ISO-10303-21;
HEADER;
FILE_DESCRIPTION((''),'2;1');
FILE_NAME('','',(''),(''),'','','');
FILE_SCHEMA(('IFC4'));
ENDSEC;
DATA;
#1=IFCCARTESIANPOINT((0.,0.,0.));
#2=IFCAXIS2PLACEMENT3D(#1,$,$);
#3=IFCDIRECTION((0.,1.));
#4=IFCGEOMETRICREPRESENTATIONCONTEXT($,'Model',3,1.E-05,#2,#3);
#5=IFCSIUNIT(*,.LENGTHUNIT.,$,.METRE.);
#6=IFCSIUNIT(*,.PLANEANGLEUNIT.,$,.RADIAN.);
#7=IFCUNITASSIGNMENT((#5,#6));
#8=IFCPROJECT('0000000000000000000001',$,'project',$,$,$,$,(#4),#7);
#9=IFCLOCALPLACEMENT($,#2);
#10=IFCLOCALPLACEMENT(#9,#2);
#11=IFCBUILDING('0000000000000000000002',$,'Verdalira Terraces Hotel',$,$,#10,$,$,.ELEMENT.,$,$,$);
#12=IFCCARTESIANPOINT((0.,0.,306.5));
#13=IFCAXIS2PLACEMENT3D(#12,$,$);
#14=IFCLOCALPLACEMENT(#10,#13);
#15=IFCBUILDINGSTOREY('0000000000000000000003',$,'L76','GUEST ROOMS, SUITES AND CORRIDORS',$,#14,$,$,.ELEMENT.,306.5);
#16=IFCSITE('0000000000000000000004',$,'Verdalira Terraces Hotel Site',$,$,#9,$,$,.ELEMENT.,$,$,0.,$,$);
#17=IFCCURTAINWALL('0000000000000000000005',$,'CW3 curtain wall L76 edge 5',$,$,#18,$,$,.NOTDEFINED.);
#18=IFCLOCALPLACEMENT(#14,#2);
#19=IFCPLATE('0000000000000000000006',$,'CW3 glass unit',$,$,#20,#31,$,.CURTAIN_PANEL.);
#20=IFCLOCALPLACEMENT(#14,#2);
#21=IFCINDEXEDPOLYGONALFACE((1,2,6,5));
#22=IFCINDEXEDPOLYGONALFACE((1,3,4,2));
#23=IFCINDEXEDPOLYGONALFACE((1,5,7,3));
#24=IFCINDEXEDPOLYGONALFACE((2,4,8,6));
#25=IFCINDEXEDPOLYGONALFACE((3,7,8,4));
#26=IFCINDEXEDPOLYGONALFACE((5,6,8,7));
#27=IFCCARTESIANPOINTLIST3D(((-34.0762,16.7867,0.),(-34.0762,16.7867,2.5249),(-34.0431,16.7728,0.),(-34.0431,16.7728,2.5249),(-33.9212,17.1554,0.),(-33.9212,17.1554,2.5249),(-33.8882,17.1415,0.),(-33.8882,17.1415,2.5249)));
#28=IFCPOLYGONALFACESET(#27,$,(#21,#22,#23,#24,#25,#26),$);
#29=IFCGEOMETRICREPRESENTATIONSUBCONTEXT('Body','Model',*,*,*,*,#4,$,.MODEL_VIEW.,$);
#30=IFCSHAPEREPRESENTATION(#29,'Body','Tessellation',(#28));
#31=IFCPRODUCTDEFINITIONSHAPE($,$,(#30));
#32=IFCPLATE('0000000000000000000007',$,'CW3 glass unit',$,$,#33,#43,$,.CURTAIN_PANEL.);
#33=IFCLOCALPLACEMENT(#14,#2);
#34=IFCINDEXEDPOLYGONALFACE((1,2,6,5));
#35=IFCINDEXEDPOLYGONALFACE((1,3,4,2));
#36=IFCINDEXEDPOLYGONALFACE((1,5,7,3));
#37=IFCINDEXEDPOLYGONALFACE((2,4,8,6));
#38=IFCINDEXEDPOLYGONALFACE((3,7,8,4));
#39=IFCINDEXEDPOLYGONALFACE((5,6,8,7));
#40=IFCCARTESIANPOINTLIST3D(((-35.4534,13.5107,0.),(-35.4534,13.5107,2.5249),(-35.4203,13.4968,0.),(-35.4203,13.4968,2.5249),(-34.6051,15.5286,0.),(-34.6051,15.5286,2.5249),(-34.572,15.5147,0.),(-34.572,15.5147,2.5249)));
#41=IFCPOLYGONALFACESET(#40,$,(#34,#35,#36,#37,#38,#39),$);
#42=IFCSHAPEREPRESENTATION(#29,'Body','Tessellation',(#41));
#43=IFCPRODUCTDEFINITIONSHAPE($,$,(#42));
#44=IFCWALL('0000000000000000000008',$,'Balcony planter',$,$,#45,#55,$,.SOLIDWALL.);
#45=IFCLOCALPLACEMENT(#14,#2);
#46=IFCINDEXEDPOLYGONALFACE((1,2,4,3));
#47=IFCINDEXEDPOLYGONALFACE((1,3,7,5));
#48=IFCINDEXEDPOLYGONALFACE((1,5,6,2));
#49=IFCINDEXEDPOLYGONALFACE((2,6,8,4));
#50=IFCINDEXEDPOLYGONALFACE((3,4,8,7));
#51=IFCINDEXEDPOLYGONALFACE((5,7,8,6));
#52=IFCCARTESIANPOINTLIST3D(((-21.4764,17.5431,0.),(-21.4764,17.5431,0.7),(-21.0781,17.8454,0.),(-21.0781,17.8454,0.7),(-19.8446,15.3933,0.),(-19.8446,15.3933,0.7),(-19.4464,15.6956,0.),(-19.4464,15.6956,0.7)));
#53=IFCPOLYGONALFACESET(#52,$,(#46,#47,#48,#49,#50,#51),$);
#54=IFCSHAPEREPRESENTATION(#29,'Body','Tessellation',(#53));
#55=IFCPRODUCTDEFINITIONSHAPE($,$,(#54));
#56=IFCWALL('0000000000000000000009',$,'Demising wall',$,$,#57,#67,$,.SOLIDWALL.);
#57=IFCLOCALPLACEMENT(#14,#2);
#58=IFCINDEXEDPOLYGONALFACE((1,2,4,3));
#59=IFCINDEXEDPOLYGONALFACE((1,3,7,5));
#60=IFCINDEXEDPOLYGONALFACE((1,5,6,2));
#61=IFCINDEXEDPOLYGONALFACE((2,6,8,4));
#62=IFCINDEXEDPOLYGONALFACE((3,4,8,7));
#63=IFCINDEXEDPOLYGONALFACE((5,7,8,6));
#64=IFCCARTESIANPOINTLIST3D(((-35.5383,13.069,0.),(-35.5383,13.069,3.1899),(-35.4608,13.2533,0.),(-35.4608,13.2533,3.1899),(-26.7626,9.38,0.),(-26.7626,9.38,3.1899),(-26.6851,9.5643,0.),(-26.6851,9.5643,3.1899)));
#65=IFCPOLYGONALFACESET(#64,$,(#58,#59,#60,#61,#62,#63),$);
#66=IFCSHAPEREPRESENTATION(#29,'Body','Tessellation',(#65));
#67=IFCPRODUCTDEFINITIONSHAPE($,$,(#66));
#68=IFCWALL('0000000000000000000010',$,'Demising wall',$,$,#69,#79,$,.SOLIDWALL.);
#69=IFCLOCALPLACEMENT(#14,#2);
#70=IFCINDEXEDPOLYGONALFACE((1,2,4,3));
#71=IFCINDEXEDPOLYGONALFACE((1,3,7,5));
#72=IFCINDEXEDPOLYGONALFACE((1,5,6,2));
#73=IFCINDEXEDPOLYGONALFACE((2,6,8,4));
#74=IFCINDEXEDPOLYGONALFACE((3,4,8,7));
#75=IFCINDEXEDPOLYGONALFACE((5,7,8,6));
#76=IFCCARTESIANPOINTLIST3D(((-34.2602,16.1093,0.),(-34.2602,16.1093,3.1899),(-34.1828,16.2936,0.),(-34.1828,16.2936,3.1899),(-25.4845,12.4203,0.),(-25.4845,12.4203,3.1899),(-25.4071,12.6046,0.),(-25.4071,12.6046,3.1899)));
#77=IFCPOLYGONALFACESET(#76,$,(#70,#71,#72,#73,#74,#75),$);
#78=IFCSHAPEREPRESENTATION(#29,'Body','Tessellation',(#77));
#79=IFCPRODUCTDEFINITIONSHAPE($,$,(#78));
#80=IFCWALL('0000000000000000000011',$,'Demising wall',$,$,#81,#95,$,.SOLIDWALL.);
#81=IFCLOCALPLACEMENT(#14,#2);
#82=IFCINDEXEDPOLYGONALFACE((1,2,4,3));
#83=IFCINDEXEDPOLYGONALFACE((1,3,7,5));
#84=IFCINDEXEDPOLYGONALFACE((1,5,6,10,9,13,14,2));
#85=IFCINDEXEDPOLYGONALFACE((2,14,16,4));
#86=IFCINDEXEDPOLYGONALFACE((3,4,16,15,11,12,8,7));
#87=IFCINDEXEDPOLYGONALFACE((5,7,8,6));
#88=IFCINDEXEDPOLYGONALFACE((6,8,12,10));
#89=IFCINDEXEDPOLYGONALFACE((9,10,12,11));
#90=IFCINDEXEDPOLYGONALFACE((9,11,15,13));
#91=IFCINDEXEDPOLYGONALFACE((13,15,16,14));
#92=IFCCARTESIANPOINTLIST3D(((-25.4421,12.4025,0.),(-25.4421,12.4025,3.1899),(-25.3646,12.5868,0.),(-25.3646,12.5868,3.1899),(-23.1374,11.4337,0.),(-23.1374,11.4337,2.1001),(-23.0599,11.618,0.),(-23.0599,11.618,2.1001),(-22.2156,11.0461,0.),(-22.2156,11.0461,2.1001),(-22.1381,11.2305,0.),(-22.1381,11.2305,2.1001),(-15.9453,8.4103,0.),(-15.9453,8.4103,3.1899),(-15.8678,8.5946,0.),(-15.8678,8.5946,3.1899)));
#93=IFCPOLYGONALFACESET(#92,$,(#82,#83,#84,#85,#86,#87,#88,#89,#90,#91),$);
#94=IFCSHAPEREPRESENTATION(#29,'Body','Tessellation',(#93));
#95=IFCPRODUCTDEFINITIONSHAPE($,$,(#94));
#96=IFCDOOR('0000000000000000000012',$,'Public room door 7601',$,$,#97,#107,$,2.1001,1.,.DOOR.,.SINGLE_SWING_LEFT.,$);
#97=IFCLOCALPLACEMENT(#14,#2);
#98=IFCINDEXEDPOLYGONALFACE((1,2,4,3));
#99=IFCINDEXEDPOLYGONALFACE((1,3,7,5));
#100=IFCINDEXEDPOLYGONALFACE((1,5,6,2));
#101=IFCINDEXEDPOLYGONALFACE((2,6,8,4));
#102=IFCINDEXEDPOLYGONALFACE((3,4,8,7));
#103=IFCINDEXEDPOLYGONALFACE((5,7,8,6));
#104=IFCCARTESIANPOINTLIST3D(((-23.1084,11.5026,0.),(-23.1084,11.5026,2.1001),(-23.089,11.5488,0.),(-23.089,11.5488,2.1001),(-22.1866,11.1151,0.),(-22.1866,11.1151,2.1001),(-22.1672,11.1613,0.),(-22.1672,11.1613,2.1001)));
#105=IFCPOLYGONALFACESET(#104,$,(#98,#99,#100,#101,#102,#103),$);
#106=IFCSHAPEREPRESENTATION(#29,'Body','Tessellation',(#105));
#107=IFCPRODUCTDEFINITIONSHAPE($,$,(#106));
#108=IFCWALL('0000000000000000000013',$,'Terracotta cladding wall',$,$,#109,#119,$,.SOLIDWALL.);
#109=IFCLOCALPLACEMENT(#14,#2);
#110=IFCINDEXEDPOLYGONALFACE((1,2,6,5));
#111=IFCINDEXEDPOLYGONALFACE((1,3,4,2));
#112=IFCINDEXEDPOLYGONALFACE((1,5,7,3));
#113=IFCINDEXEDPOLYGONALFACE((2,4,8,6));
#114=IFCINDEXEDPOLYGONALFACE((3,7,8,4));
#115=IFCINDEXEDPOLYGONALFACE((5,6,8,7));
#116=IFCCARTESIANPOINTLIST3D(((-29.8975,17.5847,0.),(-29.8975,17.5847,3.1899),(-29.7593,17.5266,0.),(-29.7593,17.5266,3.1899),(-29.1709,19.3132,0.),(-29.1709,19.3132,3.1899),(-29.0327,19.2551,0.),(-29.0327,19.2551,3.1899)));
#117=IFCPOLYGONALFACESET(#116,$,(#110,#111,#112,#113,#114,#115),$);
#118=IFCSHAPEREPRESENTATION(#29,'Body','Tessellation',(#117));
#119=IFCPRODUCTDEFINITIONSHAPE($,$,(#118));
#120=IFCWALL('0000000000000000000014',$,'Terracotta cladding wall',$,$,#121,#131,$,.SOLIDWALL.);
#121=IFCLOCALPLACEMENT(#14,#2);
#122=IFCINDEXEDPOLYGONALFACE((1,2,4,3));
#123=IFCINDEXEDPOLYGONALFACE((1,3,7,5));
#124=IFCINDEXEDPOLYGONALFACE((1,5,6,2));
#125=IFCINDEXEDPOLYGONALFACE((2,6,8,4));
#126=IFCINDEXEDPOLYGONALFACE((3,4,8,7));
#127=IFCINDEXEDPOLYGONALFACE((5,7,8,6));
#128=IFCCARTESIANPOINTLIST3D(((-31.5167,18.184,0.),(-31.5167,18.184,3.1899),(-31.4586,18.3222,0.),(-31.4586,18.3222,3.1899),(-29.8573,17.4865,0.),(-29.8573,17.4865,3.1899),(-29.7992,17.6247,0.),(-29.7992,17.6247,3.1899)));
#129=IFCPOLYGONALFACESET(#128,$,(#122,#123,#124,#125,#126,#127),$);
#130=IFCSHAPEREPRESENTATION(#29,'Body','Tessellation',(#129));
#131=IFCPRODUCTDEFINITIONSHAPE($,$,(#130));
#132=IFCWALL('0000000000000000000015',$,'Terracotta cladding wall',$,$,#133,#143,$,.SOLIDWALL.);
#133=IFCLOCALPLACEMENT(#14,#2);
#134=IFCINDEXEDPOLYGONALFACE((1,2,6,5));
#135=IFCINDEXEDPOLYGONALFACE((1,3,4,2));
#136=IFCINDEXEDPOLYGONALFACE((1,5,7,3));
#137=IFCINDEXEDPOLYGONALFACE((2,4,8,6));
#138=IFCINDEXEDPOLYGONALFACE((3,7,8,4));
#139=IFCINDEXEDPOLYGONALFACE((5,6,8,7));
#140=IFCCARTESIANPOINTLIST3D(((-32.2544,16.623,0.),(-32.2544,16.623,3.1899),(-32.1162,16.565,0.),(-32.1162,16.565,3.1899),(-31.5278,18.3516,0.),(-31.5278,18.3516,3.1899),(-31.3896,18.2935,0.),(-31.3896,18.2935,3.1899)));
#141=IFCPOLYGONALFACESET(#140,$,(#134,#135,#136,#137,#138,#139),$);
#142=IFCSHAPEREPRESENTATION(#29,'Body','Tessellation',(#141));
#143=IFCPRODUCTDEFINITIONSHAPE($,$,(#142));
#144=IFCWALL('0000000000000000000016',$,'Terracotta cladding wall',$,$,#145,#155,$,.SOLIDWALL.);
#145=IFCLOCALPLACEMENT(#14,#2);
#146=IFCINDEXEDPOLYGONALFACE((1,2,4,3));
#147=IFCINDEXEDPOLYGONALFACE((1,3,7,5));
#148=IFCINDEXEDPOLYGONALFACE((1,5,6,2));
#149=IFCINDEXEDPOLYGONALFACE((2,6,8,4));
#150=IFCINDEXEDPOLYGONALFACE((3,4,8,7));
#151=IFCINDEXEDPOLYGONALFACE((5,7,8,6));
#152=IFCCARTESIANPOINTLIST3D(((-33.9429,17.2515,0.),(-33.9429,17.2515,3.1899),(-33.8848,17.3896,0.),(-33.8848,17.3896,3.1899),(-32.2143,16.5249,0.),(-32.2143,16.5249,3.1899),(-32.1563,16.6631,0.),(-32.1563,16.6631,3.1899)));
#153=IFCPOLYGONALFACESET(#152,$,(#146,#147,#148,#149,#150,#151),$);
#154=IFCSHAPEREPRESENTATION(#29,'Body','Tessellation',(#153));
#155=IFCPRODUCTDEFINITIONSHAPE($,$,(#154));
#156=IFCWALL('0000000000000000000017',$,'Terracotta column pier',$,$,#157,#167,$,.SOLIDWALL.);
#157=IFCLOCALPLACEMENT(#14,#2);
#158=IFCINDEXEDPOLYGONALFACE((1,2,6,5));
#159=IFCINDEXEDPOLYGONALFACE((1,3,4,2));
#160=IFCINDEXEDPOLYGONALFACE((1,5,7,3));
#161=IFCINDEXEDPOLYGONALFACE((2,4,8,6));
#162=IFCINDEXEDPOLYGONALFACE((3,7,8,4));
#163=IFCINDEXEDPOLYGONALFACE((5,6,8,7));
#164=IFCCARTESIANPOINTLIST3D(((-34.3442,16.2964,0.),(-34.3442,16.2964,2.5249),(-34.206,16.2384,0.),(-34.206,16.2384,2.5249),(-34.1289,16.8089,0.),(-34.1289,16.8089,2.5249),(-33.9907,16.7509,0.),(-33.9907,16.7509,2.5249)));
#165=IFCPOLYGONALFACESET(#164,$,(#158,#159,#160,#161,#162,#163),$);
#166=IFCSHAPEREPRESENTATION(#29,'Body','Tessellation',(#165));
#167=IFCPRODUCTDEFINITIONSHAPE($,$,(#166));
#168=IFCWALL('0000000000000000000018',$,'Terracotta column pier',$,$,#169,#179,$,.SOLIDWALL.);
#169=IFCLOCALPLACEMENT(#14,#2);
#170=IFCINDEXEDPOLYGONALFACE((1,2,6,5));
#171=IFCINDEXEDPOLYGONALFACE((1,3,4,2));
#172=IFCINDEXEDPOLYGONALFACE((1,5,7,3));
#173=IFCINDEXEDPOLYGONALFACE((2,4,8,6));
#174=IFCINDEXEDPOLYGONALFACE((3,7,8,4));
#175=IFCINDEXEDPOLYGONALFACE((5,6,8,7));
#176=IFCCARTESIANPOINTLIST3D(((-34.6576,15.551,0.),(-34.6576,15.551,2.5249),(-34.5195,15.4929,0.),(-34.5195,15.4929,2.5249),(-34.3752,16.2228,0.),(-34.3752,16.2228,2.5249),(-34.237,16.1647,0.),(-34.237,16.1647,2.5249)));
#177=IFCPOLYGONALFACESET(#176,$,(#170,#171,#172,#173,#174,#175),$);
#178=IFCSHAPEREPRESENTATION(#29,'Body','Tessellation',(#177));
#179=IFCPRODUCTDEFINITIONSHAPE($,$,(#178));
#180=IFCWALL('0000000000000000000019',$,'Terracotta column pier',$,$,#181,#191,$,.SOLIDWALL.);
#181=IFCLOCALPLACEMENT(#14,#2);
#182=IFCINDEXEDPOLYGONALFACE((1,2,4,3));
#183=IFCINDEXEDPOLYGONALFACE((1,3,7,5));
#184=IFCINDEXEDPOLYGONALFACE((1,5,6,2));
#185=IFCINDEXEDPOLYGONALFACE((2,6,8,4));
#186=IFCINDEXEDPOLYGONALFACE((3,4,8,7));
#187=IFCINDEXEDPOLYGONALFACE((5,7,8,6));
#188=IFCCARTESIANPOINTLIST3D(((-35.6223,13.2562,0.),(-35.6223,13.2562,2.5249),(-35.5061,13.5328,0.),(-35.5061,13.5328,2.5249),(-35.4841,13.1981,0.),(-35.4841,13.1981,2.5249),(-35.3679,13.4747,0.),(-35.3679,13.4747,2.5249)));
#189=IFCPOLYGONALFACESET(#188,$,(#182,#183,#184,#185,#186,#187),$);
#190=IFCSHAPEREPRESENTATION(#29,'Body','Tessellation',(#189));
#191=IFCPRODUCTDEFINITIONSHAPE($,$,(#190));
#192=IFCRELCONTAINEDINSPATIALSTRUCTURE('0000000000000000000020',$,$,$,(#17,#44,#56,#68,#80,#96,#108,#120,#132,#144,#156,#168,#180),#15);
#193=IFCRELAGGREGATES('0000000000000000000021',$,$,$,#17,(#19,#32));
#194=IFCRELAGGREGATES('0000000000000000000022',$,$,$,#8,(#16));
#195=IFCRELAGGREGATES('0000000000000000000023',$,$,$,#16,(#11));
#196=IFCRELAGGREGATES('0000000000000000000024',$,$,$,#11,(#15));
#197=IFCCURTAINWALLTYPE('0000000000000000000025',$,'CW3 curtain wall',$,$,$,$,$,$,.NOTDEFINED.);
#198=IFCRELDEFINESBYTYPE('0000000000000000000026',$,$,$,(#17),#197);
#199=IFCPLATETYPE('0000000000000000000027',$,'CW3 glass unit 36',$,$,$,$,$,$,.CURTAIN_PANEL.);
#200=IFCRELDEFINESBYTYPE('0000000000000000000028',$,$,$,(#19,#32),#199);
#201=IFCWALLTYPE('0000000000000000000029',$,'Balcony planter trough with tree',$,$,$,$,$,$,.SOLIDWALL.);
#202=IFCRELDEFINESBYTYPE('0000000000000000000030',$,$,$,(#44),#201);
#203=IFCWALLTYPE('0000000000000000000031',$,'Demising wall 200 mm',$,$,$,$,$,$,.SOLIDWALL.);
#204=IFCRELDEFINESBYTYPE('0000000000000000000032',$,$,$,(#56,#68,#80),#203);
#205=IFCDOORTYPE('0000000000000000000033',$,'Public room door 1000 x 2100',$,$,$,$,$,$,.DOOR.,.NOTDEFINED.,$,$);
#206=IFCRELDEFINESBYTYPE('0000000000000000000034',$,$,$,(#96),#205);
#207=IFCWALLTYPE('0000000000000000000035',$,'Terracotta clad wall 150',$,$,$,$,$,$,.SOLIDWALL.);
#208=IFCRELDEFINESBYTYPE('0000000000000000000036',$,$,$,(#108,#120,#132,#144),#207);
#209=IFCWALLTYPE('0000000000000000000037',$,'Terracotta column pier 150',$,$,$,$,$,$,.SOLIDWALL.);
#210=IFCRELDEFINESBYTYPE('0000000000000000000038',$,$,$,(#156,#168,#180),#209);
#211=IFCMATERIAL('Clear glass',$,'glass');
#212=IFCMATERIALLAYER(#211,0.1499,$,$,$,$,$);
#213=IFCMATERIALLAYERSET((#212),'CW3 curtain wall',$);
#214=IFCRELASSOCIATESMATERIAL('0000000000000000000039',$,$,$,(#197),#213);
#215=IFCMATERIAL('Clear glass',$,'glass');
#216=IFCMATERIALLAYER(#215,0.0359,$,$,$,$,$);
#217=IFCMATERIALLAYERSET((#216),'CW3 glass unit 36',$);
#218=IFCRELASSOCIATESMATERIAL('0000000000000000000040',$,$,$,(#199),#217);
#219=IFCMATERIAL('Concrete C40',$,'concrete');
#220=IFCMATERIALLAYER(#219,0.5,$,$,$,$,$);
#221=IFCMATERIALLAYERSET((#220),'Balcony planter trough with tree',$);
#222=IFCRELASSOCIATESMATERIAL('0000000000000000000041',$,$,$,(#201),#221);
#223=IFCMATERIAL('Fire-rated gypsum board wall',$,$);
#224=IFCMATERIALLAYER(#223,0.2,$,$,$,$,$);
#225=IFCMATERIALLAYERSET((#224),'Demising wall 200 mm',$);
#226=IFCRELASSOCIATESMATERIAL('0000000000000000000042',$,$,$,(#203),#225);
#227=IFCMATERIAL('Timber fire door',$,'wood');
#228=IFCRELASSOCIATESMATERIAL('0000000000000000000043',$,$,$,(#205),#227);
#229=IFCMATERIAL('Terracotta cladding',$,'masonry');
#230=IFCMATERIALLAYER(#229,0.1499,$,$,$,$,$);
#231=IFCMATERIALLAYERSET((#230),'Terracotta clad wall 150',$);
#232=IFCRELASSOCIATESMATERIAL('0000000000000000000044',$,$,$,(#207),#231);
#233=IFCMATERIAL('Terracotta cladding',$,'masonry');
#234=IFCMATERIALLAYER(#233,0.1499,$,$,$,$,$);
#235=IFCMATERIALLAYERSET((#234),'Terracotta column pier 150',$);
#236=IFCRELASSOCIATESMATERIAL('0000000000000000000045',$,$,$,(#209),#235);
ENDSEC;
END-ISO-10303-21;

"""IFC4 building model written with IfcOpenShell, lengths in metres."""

from ifc_helpers import new_model, si_unit, direction, frame, frame_2d, origin, origin_2d, place, context, subcontext, project, spatial, rectangle, extrude, material, layer, layer_set, type_object, element, fill, aggregate, save


model = new_model("IFC4")

# Units and contexts
model_context = context("Model", 3, precision=1e-05, world=origin(), true_north=direction((0.0, 1.0)))
body_context = subcontext(model_context, "Body", "Model", "MODEL_VIEW")
ifc_project = project(units=[si_unit("LENGTHUNIT", "METRE"), si_unit("PLANEANGLEUNIT", "RADIAN")], contexts=[model_context])

# Site, building, storey
site_placement = place(None, origin())
site = spatial("IfcSite", under=ifc_project, at=site_placement, Name="Verdalira Terraces Hotel Site", CompositionType="ELEMENT", RefElevation=0.0)
building_placement = place(site_placement, origin())
building = spatial("IfcBuilding", under=site, at=building_placement, Name="Verdalira Terraces Hotel", CompositionType="ELEMENT")
storey_placement = place(building_placement, frame((0.0, 0.0, 306.5)))
storey = spatial("IfcBuildingStorey", under=building, at=storey_placement, Name="L76", Description="GUEST ROOMS, SUITES AND CORRIDORS", CompositionType="ELEMENT", Elevation=306.5)

# Curtain wall
ifc_material_1 = material(Name="Clear glass", Category="glass")
ifc_layer_1 = layer(ifc_material_1, 0.1499)
ifc_layer_set_1 = layer_set([ifc_layer_1], Name="CW3 curtain wall")
curtain_wall_type_1 = type_object("IfcCurtainWallType", Name="CW3 curtain wall", PredefinedType="NOTDEFINED", material=ifc_layer_set_1)
curtain_wall_1_placement = place(storey_placement, origin())
curtain_wall_1 = element("IfcCurtainWall", 1, at=curtain_wall_1_placement, inside=storey, type_object=curtain_wall_type_1, Name="CW3 curtain wall L76 edge 5", PredefinedType="NOTDEFINED")

# Plates
ifc_material_2 = material(Name="Clear glass", Category="glass")
ifc_layer_2 = layer(ifc_material_2, 0.0359)
ifc_layer_set_2 = layer_set([ifc_layer_2], Name="CW3 glass unit 36")
plate_type_1 = type_object("IfcPlateType", Name="CW3 glass unit 36", PredefinedType="CURTAIN_PANEL", material=ifc_layer_set_2)
plate_1_placement = place(storey_placement, frame((-33.9822, 16.9641, 0.0), z_axis=(0.0, 0.0, 1.0), x_axis=(-0.387516, -0.921863, 0.0)))
plate_1 = element("IfcPlate", 2, at=plate_1_placement, type_object=plate_type_1, Name="CW3 glass unit", PredefinedType="CURTAIN_PANEL", context=body_context, shape_type="SweptSolid", body=[
    extrude(rectangle(XDim=0.3999, YDim=0.0359, at=origin_2d()), origin(), (0.0, 0.0, 1.0), 2.5249),
])
plate_2_placement = place(storey_placement, frame((-35.0127, 14.5127, 0.0), z_axis=(0.0, 0.0, 1.0), x_axis=(-0.387516, -0.921863, 0.0)))
plate_2 = element("IfcPlate", 3, at=plate_2_placement, type_object=plate_type_1, Name="CW3 glass unit", PredefinedType="CURTAIN_PANEL", context=body_context, shape_type="SweptSolid", body=[
    extrude(rectangle(XDim=2.189, YDim=0.0359, at=origin_2d()), origin(), (0.0, 0.0, 1.0), 2.5249),
])
aggregate(curtain_wall_1, [plate_1, plate_2])

# Walls
ifc_material_3 = material(Name="Concrete C40", Category="concrete")
ifc_layer_3 = layer(ifc_material_3, 0.5)
ifc_layer_set_3 = layer_set([ifc_layer_3], Name="Balcony planter trough with tree")
wall_type_1 = type_object("IfcWallType", Name="Balcony planter trough with tree", PredefinedType="SOLIDWALL", material=ifc_layer_set_3)
wall_1_placement = place(storey_placement, frame((-21.2773, 17.6943, 0.0), z_axis=(0.0, 0.0, 1.0), x_axis=(0.604592, -0.796535, 0.0)))
element("IfcWall", 4, at=wall_1_placement, inside=storey, type_object=wall_type_1, Name="Balcony planter", PredefinedType="SOLIDWALL", context=body_context, shape_type="SweptSolid", body=[
    extrude(rectangle(XDim=2.699, YDim=0.5, at=frame_2d((1.3496, 0.0))), origin(), (0.0, 0.0, 1.0), 0.7),
])
ifc_material_4 = material(Name="Fire-rated gypsum board wall")
ifc_layer_4 = layer(ifc_material_4, 0.2)
ifc_layer_set_4 = layer_set([ifc_layer_4], Name="Demising wall 200 mm")
wall_type_2 = type_object("IfcWallType", Name="Demising wall 200 mm", PredefinedType="SOLIDWALL", material=ifc_layer_set_4)
for number, where, z_axis, x_axis, name in (
    (5, (-35.4995, 13.1611, 0.0), (0.0, 0.0, 1.0), (0.921862, -0.387518, 0.0), "Demising wall"),
    (6, (-25.4458, 12.5125, 0.0), (0.0, 0.0, 1.0), (-0.921862, 0.387518, 0.0), "Demising wall"),
):
    element("IfcWall", number, at=place(storey_placement, frame(where, z_axis=z_axis, x_axis=x_axis)), inside=storey, type_object=wall_type_2, Name=name, PredefinedType="SOLIDWALL", context=body_context, shape_type="SweptSolid", body=[
        extrude(rectangle(XDim=9.5195, YDim=0.2, at=frame_2d((4.7598, 0.0))), origin(), (0.0, 0.0, 1.0), 3.1899),
    ])

# Wall, opening, door
wall_2_placement = place(storey_placement, frame((-25.4033, 12.4946, 0.0), z_axis=(0.0, 0.0, 1.0), x_axis=(0.92186, -0.387523, 0.0)))
wall_2 = element("IfcWall", 7, at=wall_2_placement, inside=storey, type_object=wall_type_2, Name="Demising wall", PredefinedType="SOLIDWALL", context=body_context, shape_type="SweptSolid", body=[
    extrude(rectangle(XDim=10.3018, YDim=0.2, at=frame_2d((5.1509, 0.0))), origin(), (0.0, 0.0, 1.0), 3.1899),
])
opening_placement = place(wall_2_placement, frame((2.5, 0.0, 0.0)))
opening = element("IfcOpeningElement", 8, at=opening_placement, cuts=wall_2, PredefinedType="OPENING", context=body_context, shape_type="SweptSolid", body=[
    extrude(rectangle(XDim=1.0, YDim=2.1001, at=frame_2d((0.5, 1.05))), frame((0.0, 0.1099, 0.0), z_axis=(0.0, -1.0, 0.0), x_axis=(1.0, 0.0, 0.0)), (0.0, 0.0, 1.0), 0.22),
])
ifc_material_5 = material(Name="Timber fire door", Category="wood")
door_type = type_object("IfcDoorType", Name="Public room door 1000 x 2100", OperationType="NOTDEFINED", PredefinedType="DOOR", material=ifc_material_5)
door_placement = place(opening_placement, origin())
door = element("IfcDoor", 9, at=door_placement, inside=storey, type_object=door_type, Name="Public room door 7601", OperationType="SINGLE_SWING_LEFT", OverallHeight=2.1001, OverallWidth=1.0, PredefinedType="DOOR", context=body_context, shape_type="SweptSolid", body=[
    extrude(rectangle(XDim=1.0, YDim=2.1001, at=frame_2d((0.5, 1.05))), frame((0.0, 0.0249, 0.0), z_axis=(0.0, -1.0, 0.0), x_axis=(1.0, 0.0, 0.0)), (0.0, 0.0, 1.0), 0.05),
])
fill(opening, door)

# Walls
ifc_material_6 = material(Name="Terracotta cladding", Category="masonry")
ifc_layer_5 = layer(ifc_material_6, 0.1499)
ifc_layer_set_5 = layer_set([ifc_layer_5], Name="Terracotta clad wall 150")
wall_type_3 = type_object("IfcWallType", Name="Terracotta clad wall 150", PredefinedType="SOLIDWALL", material=ifc_layer_set_5)
wall_3_placement = place(storey_placement, frame((-29.1018, 19.2842, 0.0), z_axis=(0.0, 0.0, 1.0), x_axis=(-0.387498, -0.92187, 0.0)))
element("IfcWall", 10, at=wall_3_placement, inside=storey, type_object=wall_type_3, Name="Terracotta cladding wall", PredefinedType="SOLIDWALL", context=body_context, shape_type="SweptSolid", body=[
    extrude(rectangle(XDim=1.875, YDim=0.1499, at=frame_2d((0.9375, 0.0))), origin(), (0.0, 0.0, 1.0), 3.1899),
])
wall_4_placement = place(storey_placement, frame((-29.8284, 17.5557, 0.0), z_axis=(0.0, 0.0, 1.0), x_axis=(-0.921873, 0.387493, 0.0)))
element("IfcWall", 11, at=wall_4_placement, inside=storey, type_object=wall_type_3, Name="Terracotta cladding wall", PredefinedType="SOLIDWALL", context=body_context, shape_type="SweptSolid", body=[
    extrude(rectangle(XDim=1.8, YDim=0.1499, at=frame_2d((0.8999, 0.0))), origin(), (0.0, 0.0, 1.0), 3.1899),
])
for number, where, z_axis, x_axis, name in (
    (12, (-31.4587, 18.3225, 0.0), (0.0, 0.0, 1.0), (-0.387498, -0.92187, 0.0), "Terracotta cladding wall"),
    (13, (-32.1853, 16.594, 0.0), (0.0, 0.0, 1.0), (-0.92187, 0.387498, 0.0), "Terracotta cladding wall"),
):
    element("IfcWall", number, at=place(storey_placement, frame(where, z_axis=z_axis, x_axis=x_axis)), inside=storey, type_object=wall_type_3, Name=name, PredefinedType="SOLIDWALL", context=body_context, shape_type="SweptSolid", body=[
        extrude(rectangle(XDim=1.875, YDim=0.1499, at=frame_2d((0.9375, 0.0))), origin(), (0.0, 0.0, 1.0), 3.1899),
    ])
ifc_material_7 = material(Name="Terracotta cladding", Category="masonry")
ifc_layer_6 = layer(ifc_material_7, 0.1499)
ifc_layer_set_6 = layer_set([ifc_layer_6], Name="Terracotta column pier 150")
wall_type_4 = type_object("IfcWallType", Name="Terracotta column pier 150", PredefinedType="SOLIDWALL", material=ifc_layer_set_6)
wall_5_placement = place(storey_placement, frame((-34.0598, 16.7798, 0.0), z_axis=(0.0, 0.0, 1.0), x_axis=(-0.387389, -0.921916, 0.0)))
element("IfcWall", 14, at=wall_5_placement, inside=storey, type_object=wall_type_4, Name="Terracotta column pier", PredefinedType="SOLIDWALL", context=body_context, shape_type="SweptSolid", body=[
    extrude(rectangle(XDim=0.5559, YDim=0.1499, at=frame_2d((0.2778, 0.0))), origin(), (0.0, 0.0, 1.0), 2.5249),
])
wall_6_placement = place(storey_placement, frame((-34.3062, 16.1936, 0.0), z_axis=(0.0, 0.0, 1.0), x_axis=(-0.387563, -0.921843, 0.0)))
element("IfcWall", 15, at=wall_6_placement, inside=storey, type_object=wall_type_4, Name="Terracotta column pier", PredefinedType="SOLIDWALL", context=body_context, shape_type="SweptSolid", body=[
    extrude(rectangle(XDim=0.7288, YDim=0.1499, at=frame_2d((0.3643, 0.0))), origin(), (0.0, 0.0, 1.0), 2.5249),
])
wall_7_placement = place(storey_placement, frame((-35.437, 13.5037, 0.0), z_axis=(0.0, 0.0, 1.0), x_axis=(-0.387329, -0.921941, 0.0)))
element("IfcWall", 16, at=wall_7_placement, inside=storey, type_object=wall_type_4, Name="Terracotta column pier", PredefinedType="SOLIDWALL", context=body_context, shape_type="SweptSolid", body=[
    extrude(rectangle(XDim=0.3, YDim=0.1499, at=frame_2d((0.1499, 0.0))), origin(), (0.0, 0.0, 1.0), 2.5249),
])

save(model, "model.ifc")
